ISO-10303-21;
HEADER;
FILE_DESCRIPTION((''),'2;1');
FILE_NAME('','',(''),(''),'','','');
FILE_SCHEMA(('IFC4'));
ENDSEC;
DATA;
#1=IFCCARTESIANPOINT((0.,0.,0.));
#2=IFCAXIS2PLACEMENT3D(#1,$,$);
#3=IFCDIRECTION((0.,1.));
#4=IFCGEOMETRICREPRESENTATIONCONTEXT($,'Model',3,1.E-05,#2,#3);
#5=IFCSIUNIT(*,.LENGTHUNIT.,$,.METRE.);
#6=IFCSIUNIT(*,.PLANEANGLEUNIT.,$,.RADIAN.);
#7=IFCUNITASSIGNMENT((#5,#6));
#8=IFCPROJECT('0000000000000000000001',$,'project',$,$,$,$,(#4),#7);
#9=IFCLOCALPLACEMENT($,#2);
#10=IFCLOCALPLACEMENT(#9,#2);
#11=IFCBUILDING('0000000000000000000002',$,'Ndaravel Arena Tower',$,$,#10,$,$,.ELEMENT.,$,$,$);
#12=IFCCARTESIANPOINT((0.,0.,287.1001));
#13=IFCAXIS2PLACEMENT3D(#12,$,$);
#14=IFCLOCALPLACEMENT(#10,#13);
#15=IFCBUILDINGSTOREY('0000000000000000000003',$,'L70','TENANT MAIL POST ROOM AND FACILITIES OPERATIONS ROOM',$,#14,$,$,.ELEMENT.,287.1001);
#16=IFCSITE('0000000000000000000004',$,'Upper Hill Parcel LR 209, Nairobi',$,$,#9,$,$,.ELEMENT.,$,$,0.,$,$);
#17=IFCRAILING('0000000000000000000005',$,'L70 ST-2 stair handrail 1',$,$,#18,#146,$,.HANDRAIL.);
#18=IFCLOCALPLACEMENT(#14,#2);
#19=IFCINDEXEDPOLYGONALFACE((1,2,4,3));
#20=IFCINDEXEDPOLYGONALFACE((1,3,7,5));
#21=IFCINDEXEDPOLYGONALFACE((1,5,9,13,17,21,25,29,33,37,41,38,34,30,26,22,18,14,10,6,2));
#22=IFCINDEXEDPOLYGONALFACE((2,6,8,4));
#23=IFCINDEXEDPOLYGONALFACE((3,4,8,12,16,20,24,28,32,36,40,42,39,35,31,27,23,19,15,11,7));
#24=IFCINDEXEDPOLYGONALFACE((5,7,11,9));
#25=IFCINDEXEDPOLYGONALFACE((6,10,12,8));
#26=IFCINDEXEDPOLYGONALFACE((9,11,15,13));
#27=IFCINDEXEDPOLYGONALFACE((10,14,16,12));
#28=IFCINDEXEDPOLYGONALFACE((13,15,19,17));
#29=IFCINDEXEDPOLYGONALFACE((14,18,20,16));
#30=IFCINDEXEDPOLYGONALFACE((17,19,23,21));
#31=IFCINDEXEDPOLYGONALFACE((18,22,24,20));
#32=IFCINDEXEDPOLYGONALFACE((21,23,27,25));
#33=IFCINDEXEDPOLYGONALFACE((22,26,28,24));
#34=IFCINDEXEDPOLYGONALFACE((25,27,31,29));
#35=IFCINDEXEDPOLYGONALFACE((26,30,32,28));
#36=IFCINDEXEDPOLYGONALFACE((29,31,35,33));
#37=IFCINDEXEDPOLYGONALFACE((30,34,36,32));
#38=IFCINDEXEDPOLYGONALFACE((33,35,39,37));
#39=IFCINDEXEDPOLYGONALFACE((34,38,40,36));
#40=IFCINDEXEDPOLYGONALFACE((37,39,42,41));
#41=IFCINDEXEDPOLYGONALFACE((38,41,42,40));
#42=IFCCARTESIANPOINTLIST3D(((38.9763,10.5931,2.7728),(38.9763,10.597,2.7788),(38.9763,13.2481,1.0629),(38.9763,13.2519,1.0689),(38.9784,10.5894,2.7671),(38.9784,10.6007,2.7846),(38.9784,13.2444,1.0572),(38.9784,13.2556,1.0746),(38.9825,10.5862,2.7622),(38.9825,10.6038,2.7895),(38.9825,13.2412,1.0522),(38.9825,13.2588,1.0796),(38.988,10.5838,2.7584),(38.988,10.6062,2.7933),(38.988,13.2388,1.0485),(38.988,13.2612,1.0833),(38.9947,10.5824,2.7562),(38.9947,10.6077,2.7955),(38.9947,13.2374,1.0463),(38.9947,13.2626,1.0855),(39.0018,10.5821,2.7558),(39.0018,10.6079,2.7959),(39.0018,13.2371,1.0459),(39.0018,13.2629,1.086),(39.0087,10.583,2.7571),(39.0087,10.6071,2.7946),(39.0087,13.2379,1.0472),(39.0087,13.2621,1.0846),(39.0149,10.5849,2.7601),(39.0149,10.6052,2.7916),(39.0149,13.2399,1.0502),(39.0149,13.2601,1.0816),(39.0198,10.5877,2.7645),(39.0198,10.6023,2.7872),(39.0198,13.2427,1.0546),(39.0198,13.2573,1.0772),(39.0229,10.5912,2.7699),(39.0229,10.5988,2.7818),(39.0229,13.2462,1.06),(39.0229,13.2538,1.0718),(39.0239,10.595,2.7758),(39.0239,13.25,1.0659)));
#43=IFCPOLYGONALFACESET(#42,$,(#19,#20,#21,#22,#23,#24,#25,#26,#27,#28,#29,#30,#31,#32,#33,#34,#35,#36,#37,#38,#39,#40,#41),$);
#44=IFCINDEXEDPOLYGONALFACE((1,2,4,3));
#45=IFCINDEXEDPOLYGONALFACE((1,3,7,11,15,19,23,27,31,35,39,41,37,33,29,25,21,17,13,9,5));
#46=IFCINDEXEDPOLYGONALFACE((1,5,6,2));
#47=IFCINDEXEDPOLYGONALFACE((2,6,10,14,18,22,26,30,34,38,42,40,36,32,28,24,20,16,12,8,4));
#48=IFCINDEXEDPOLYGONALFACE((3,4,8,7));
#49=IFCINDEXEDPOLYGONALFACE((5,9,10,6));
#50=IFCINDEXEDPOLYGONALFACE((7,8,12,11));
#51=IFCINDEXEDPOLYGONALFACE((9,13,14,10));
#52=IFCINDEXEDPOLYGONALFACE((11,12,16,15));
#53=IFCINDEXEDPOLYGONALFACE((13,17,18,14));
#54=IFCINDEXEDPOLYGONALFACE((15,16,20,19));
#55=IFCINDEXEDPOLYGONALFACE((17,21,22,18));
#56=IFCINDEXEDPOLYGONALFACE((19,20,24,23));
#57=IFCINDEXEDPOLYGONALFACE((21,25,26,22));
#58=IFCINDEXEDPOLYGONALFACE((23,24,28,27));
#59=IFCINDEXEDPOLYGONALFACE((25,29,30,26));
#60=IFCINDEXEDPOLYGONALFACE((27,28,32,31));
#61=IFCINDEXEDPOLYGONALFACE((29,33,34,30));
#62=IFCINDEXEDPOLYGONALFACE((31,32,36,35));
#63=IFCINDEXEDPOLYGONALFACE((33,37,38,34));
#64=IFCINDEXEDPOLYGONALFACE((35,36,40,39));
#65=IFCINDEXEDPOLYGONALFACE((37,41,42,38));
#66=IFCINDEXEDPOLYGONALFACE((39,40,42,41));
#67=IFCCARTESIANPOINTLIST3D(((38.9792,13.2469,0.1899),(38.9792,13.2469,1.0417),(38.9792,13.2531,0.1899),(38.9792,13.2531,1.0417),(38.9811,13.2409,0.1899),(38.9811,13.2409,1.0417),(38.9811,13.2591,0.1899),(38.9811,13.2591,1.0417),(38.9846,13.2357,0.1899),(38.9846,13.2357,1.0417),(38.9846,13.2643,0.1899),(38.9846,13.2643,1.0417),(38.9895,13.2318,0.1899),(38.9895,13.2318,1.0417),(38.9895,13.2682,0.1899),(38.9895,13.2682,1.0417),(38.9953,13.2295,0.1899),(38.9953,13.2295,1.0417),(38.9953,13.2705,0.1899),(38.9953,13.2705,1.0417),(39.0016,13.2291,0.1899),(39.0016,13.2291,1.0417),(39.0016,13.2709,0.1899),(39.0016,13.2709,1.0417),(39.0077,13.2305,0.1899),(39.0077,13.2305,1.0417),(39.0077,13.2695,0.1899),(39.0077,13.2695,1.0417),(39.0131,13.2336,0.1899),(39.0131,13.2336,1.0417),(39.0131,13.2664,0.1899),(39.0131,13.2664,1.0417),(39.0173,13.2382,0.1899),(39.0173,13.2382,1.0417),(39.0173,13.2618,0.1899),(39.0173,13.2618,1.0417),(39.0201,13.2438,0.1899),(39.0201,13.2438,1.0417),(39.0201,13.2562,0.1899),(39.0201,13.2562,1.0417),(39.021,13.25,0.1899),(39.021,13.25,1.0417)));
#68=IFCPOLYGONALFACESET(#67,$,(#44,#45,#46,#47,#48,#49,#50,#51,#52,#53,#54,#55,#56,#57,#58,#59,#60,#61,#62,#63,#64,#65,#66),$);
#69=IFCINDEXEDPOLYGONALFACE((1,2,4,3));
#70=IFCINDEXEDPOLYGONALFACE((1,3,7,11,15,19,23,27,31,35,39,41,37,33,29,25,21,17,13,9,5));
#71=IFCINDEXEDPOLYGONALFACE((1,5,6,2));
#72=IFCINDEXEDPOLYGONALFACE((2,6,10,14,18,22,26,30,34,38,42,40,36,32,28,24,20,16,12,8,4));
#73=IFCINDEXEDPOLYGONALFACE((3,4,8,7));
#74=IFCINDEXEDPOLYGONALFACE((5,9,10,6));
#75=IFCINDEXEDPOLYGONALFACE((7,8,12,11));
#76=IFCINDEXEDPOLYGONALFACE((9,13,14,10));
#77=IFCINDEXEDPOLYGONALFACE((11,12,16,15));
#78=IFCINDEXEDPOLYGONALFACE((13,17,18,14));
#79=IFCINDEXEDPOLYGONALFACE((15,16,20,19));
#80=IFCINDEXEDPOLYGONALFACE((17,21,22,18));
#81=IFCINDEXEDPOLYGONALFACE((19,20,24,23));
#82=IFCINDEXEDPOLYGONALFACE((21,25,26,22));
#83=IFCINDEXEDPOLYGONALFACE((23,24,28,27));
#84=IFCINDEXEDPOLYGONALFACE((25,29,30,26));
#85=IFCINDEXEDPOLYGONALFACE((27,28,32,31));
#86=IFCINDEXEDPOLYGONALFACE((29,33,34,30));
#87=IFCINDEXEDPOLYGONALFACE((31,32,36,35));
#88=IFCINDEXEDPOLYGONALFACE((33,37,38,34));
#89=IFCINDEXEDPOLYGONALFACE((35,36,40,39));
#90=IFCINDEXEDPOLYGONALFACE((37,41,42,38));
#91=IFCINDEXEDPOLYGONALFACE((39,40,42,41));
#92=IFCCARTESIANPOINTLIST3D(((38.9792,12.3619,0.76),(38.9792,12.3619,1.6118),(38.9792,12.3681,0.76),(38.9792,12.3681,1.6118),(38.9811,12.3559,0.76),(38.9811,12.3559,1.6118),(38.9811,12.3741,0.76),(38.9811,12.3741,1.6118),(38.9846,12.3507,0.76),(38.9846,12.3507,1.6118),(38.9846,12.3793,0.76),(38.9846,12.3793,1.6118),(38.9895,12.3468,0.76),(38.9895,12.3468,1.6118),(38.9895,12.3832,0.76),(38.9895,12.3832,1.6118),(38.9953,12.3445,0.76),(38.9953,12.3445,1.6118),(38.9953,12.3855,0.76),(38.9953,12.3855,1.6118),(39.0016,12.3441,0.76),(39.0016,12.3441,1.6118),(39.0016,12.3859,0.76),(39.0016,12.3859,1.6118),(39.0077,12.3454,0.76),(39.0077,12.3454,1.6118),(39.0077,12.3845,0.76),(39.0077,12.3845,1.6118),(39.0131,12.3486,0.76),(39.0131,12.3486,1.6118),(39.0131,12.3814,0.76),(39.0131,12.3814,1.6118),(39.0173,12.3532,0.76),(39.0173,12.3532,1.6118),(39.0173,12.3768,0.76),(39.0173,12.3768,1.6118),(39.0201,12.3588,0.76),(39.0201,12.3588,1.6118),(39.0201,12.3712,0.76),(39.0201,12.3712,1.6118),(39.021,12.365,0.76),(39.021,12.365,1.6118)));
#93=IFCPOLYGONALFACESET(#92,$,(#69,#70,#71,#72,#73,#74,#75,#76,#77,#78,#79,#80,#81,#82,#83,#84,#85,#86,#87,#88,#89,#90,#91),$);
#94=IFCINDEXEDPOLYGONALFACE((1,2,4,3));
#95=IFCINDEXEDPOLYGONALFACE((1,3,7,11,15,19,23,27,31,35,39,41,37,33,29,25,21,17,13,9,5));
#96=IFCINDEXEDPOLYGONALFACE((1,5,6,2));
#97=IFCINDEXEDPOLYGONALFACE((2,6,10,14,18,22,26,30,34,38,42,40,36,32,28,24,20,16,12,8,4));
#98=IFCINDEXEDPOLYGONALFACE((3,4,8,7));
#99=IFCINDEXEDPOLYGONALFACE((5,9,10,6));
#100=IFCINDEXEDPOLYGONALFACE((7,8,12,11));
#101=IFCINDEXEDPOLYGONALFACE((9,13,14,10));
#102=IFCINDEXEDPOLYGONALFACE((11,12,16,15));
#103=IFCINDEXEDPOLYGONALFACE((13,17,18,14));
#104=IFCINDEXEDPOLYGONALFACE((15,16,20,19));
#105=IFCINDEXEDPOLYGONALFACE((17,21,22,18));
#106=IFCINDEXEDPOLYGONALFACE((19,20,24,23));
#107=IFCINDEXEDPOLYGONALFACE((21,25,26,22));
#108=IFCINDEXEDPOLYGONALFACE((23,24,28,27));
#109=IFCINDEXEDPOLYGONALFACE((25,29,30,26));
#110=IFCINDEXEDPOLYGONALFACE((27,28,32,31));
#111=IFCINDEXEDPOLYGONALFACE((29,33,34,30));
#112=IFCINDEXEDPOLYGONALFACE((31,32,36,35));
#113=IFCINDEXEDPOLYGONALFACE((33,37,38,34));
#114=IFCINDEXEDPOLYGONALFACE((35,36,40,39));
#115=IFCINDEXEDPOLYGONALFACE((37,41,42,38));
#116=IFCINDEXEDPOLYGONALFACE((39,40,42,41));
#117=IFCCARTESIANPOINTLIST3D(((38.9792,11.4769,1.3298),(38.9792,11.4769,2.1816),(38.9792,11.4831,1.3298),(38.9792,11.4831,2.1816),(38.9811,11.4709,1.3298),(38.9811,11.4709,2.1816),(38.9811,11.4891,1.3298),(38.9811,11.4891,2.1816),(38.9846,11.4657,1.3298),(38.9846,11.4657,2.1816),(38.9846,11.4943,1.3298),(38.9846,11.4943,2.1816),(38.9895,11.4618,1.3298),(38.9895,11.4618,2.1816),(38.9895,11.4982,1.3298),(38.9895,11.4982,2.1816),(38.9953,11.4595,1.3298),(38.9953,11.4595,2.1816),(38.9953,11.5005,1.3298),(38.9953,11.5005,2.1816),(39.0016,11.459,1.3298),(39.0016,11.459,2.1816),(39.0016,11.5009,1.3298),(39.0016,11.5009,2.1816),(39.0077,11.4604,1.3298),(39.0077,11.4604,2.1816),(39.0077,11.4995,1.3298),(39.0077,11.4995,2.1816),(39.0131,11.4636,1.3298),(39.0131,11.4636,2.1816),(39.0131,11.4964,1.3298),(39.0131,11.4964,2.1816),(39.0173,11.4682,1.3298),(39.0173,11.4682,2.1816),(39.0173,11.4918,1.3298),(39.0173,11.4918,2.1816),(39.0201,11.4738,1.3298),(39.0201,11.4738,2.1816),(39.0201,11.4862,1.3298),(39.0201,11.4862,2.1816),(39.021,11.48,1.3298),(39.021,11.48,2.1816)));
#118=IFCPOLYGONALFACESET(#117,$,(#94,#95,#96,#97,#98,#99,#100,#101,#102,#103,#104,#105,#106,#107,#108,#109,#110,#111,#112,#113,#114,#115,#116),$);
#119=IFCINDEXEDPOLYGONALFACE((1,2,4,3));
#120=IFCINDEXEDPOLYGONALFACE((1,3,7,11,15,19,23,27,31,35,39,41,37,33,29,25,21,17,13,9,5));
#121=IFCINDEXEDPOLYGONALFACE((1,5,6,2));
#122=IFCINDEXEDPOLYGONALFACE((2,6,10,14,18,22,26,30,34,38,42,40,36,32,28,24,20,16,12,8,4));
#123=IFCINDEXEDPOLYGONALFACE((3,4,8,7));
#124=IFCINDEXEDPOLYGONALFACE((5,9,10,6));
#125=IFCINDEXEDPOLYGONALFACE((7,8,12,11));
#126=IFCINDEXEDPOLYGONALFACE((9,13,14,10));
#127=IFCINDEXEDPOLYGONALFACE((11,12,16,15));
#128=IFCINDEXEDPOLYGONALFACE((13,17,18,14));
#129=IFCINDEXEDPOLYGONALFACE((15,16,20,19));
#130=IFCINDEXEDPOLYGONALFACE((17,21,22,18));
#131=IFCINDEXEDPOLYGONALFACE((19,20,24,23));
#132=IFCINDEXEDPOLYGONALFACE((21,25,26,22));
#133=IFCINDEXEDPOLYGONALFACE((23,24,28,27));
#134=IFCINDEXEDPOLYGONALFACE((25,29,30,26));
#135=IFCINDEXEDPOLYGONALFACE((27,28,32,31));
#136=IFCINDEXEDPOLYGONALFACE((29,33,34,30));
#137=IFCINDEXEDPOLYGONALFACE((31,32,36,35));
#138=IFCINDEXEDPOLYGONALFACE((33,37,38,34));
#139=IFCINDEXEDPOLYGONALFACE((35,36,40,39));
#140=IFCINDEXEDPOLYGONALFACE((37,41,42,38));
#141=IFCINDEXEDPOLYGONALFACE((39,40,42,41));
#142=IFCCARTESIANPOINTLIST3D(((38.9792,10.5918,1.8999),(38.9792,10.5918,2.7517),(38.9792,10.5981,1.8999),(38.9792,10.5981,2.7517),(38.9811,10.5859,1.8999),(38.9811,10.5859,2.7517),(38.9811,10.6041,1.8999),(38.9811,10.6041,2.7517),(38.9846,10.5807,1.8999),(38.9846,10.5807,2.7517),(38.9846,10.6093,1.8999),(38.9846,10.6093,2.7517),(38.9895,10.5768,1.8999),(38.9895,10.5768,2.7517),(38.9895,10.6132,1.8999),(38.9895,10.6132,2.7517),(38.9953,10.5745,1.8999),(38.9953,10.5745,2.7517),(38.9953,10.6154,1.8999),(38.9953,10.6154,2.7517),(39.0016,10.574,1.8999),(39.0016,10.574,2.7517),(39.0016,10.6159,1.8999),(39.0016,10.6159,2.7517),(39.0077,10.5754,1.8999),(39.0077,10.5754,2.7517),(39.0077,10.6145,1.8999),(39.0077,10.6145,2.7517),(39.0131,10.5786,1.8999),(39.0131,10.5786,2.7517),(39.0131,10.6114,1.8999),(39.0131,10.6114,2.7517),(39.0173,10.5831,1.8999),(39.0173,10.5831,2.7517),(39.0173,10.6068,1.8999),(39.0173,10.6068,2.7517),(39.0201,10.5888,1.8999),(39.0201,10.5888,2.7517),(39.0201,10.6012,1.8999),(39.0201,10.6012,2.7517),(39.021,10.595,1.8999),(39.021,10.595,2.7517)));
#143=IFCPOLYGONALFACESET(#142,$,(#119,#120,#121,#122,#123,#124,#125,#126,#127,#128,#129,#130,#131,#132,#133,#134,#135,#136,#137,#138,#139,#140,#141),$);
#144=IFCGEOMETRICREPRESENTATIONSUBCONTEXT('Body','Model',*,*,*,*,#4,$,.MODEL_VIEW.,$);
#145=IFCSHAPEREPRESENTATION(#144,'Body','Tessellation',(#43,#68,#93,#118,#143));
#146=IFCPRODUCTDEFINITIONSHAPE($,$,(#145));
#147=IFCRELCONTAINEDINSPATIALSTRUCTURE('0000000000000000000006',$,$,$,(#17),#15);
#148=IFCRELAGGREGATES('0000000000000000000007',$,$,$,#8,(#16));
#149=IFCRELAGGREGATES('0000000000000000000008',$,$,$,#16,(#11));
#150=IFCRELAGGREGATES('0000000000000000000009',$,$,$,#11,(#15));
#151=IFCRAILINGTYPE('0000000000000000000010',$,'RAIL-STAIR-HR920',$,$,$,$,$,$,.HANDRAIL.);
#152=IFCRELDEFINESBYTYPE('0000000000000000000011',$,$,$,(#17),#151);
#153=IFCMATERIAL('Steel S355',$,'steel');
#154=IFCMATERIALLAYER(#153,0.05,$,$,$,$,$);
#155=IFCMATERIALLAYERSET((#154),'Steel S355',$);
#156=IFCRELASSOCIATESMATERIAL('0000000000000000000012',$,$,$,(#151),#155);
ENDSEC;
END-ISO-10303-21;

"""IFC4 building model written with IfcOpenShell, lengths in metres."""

from ifc_helpers import new_model, si_unit, direction, frame, origin, origin_2d, place, context, subcontext, project, spatial, circle, extrude, material, layer, layer_set, type_object, element, save


model = new_model("IFC4")

# Units and contexts
model_context = context("Model", 3, precision=1e-05, world=origin(), true_north=direction((0.0, 1.0)))
body_context = subcontext(model_context, "Body", "Model", "MODEL_VIEW")
ifc_project = project(units=[si_unit("LENGTHUNIT", "METRE"), si_unit("PLANEANGLEUNIT", "RADIAN")], contexts=[model_context])

# Site, building, storey
site_placement = place(None, origin())
site = spatial("IfcSite", under=ifc_project, at=site_placement, Name="Upper Hill Parcel LR 209, Nairobi", CompositionType="ELEMENT", RefElevation=0.0)
building_placement = place(site_placement, origin())
building = spatial("IfcBuilding", under=site, at=building_placement, Name="Ndaravel Arena Tower", CompositionType="ELEMENT")
storey_placement = place(building_placement, frame((0.0, 0.0, 287.1001)))
storey = spatial("IfcBuildingStorey", under=building, at=storey_placement, Name="L70", Description="TENANT MAIL POST ROOM AND FACILITIES OPERATIONS ROOM", CompositionType="ELEMENT", Elevation=287.1001)

# Railing
ifc_material_1 = material(Name="Steel S355", Category="steel")
ifc_layer_1 = layer(ifc_material_1, 0.05)
ifc_layer_set_1 = layer_set([ifc_layer_1], Name="Steel S355")
railing_type_1 = type_object("IfcRailingType", Name="RAIL-STAIR-HR920", PredefinedType="HANDRAIL", material=ifc_layer_set_1)
railing_1_placement = place(storey_placement, frame((39.0, 13.25, 0.1899)))
element("IfcRailing", 1, at=railing_1_placement, inside=storey, type_object=railing_type_1, Name="L70 ST-2 stair handrail 1", PredefinedType="HANDRAIL", context=body_context, shape_type="SweptSolid", body=[
    extrude(circle(Radius=0.0239, at=origin_2d()), frame((0.0, 0.0, 0.876), z_axis=(0.0, -0.840724, 0.541465), x_axis=(1.0, 0.0, 0.0)), (0.0, 0.0, 1.0), 3.158),
    extrude(circle(Radius=0.021, at=origin_2d()), origin(), (0.0, 0.0, 1.0), 0.8518),
    extrude(circle(Radius=0.021, at=origin_2d()), frame((0.0, -0.885, 0.5701)), (0.0, 0.0, 1.0), 0.8518),
    extrude(circle(Radius=0.021, at=origin_2d()), frame((0.0, -1.77, 1.1399)), (0.0, 0.0, 1.0), 0.8518),
    extrude(circle(Radius=0.021, at=origin_2d()), frame((0.0, -2.655, 1.71)), (0.0, 0.0, 1.0), 0.8518),
])

save(model, "model.ifc")
